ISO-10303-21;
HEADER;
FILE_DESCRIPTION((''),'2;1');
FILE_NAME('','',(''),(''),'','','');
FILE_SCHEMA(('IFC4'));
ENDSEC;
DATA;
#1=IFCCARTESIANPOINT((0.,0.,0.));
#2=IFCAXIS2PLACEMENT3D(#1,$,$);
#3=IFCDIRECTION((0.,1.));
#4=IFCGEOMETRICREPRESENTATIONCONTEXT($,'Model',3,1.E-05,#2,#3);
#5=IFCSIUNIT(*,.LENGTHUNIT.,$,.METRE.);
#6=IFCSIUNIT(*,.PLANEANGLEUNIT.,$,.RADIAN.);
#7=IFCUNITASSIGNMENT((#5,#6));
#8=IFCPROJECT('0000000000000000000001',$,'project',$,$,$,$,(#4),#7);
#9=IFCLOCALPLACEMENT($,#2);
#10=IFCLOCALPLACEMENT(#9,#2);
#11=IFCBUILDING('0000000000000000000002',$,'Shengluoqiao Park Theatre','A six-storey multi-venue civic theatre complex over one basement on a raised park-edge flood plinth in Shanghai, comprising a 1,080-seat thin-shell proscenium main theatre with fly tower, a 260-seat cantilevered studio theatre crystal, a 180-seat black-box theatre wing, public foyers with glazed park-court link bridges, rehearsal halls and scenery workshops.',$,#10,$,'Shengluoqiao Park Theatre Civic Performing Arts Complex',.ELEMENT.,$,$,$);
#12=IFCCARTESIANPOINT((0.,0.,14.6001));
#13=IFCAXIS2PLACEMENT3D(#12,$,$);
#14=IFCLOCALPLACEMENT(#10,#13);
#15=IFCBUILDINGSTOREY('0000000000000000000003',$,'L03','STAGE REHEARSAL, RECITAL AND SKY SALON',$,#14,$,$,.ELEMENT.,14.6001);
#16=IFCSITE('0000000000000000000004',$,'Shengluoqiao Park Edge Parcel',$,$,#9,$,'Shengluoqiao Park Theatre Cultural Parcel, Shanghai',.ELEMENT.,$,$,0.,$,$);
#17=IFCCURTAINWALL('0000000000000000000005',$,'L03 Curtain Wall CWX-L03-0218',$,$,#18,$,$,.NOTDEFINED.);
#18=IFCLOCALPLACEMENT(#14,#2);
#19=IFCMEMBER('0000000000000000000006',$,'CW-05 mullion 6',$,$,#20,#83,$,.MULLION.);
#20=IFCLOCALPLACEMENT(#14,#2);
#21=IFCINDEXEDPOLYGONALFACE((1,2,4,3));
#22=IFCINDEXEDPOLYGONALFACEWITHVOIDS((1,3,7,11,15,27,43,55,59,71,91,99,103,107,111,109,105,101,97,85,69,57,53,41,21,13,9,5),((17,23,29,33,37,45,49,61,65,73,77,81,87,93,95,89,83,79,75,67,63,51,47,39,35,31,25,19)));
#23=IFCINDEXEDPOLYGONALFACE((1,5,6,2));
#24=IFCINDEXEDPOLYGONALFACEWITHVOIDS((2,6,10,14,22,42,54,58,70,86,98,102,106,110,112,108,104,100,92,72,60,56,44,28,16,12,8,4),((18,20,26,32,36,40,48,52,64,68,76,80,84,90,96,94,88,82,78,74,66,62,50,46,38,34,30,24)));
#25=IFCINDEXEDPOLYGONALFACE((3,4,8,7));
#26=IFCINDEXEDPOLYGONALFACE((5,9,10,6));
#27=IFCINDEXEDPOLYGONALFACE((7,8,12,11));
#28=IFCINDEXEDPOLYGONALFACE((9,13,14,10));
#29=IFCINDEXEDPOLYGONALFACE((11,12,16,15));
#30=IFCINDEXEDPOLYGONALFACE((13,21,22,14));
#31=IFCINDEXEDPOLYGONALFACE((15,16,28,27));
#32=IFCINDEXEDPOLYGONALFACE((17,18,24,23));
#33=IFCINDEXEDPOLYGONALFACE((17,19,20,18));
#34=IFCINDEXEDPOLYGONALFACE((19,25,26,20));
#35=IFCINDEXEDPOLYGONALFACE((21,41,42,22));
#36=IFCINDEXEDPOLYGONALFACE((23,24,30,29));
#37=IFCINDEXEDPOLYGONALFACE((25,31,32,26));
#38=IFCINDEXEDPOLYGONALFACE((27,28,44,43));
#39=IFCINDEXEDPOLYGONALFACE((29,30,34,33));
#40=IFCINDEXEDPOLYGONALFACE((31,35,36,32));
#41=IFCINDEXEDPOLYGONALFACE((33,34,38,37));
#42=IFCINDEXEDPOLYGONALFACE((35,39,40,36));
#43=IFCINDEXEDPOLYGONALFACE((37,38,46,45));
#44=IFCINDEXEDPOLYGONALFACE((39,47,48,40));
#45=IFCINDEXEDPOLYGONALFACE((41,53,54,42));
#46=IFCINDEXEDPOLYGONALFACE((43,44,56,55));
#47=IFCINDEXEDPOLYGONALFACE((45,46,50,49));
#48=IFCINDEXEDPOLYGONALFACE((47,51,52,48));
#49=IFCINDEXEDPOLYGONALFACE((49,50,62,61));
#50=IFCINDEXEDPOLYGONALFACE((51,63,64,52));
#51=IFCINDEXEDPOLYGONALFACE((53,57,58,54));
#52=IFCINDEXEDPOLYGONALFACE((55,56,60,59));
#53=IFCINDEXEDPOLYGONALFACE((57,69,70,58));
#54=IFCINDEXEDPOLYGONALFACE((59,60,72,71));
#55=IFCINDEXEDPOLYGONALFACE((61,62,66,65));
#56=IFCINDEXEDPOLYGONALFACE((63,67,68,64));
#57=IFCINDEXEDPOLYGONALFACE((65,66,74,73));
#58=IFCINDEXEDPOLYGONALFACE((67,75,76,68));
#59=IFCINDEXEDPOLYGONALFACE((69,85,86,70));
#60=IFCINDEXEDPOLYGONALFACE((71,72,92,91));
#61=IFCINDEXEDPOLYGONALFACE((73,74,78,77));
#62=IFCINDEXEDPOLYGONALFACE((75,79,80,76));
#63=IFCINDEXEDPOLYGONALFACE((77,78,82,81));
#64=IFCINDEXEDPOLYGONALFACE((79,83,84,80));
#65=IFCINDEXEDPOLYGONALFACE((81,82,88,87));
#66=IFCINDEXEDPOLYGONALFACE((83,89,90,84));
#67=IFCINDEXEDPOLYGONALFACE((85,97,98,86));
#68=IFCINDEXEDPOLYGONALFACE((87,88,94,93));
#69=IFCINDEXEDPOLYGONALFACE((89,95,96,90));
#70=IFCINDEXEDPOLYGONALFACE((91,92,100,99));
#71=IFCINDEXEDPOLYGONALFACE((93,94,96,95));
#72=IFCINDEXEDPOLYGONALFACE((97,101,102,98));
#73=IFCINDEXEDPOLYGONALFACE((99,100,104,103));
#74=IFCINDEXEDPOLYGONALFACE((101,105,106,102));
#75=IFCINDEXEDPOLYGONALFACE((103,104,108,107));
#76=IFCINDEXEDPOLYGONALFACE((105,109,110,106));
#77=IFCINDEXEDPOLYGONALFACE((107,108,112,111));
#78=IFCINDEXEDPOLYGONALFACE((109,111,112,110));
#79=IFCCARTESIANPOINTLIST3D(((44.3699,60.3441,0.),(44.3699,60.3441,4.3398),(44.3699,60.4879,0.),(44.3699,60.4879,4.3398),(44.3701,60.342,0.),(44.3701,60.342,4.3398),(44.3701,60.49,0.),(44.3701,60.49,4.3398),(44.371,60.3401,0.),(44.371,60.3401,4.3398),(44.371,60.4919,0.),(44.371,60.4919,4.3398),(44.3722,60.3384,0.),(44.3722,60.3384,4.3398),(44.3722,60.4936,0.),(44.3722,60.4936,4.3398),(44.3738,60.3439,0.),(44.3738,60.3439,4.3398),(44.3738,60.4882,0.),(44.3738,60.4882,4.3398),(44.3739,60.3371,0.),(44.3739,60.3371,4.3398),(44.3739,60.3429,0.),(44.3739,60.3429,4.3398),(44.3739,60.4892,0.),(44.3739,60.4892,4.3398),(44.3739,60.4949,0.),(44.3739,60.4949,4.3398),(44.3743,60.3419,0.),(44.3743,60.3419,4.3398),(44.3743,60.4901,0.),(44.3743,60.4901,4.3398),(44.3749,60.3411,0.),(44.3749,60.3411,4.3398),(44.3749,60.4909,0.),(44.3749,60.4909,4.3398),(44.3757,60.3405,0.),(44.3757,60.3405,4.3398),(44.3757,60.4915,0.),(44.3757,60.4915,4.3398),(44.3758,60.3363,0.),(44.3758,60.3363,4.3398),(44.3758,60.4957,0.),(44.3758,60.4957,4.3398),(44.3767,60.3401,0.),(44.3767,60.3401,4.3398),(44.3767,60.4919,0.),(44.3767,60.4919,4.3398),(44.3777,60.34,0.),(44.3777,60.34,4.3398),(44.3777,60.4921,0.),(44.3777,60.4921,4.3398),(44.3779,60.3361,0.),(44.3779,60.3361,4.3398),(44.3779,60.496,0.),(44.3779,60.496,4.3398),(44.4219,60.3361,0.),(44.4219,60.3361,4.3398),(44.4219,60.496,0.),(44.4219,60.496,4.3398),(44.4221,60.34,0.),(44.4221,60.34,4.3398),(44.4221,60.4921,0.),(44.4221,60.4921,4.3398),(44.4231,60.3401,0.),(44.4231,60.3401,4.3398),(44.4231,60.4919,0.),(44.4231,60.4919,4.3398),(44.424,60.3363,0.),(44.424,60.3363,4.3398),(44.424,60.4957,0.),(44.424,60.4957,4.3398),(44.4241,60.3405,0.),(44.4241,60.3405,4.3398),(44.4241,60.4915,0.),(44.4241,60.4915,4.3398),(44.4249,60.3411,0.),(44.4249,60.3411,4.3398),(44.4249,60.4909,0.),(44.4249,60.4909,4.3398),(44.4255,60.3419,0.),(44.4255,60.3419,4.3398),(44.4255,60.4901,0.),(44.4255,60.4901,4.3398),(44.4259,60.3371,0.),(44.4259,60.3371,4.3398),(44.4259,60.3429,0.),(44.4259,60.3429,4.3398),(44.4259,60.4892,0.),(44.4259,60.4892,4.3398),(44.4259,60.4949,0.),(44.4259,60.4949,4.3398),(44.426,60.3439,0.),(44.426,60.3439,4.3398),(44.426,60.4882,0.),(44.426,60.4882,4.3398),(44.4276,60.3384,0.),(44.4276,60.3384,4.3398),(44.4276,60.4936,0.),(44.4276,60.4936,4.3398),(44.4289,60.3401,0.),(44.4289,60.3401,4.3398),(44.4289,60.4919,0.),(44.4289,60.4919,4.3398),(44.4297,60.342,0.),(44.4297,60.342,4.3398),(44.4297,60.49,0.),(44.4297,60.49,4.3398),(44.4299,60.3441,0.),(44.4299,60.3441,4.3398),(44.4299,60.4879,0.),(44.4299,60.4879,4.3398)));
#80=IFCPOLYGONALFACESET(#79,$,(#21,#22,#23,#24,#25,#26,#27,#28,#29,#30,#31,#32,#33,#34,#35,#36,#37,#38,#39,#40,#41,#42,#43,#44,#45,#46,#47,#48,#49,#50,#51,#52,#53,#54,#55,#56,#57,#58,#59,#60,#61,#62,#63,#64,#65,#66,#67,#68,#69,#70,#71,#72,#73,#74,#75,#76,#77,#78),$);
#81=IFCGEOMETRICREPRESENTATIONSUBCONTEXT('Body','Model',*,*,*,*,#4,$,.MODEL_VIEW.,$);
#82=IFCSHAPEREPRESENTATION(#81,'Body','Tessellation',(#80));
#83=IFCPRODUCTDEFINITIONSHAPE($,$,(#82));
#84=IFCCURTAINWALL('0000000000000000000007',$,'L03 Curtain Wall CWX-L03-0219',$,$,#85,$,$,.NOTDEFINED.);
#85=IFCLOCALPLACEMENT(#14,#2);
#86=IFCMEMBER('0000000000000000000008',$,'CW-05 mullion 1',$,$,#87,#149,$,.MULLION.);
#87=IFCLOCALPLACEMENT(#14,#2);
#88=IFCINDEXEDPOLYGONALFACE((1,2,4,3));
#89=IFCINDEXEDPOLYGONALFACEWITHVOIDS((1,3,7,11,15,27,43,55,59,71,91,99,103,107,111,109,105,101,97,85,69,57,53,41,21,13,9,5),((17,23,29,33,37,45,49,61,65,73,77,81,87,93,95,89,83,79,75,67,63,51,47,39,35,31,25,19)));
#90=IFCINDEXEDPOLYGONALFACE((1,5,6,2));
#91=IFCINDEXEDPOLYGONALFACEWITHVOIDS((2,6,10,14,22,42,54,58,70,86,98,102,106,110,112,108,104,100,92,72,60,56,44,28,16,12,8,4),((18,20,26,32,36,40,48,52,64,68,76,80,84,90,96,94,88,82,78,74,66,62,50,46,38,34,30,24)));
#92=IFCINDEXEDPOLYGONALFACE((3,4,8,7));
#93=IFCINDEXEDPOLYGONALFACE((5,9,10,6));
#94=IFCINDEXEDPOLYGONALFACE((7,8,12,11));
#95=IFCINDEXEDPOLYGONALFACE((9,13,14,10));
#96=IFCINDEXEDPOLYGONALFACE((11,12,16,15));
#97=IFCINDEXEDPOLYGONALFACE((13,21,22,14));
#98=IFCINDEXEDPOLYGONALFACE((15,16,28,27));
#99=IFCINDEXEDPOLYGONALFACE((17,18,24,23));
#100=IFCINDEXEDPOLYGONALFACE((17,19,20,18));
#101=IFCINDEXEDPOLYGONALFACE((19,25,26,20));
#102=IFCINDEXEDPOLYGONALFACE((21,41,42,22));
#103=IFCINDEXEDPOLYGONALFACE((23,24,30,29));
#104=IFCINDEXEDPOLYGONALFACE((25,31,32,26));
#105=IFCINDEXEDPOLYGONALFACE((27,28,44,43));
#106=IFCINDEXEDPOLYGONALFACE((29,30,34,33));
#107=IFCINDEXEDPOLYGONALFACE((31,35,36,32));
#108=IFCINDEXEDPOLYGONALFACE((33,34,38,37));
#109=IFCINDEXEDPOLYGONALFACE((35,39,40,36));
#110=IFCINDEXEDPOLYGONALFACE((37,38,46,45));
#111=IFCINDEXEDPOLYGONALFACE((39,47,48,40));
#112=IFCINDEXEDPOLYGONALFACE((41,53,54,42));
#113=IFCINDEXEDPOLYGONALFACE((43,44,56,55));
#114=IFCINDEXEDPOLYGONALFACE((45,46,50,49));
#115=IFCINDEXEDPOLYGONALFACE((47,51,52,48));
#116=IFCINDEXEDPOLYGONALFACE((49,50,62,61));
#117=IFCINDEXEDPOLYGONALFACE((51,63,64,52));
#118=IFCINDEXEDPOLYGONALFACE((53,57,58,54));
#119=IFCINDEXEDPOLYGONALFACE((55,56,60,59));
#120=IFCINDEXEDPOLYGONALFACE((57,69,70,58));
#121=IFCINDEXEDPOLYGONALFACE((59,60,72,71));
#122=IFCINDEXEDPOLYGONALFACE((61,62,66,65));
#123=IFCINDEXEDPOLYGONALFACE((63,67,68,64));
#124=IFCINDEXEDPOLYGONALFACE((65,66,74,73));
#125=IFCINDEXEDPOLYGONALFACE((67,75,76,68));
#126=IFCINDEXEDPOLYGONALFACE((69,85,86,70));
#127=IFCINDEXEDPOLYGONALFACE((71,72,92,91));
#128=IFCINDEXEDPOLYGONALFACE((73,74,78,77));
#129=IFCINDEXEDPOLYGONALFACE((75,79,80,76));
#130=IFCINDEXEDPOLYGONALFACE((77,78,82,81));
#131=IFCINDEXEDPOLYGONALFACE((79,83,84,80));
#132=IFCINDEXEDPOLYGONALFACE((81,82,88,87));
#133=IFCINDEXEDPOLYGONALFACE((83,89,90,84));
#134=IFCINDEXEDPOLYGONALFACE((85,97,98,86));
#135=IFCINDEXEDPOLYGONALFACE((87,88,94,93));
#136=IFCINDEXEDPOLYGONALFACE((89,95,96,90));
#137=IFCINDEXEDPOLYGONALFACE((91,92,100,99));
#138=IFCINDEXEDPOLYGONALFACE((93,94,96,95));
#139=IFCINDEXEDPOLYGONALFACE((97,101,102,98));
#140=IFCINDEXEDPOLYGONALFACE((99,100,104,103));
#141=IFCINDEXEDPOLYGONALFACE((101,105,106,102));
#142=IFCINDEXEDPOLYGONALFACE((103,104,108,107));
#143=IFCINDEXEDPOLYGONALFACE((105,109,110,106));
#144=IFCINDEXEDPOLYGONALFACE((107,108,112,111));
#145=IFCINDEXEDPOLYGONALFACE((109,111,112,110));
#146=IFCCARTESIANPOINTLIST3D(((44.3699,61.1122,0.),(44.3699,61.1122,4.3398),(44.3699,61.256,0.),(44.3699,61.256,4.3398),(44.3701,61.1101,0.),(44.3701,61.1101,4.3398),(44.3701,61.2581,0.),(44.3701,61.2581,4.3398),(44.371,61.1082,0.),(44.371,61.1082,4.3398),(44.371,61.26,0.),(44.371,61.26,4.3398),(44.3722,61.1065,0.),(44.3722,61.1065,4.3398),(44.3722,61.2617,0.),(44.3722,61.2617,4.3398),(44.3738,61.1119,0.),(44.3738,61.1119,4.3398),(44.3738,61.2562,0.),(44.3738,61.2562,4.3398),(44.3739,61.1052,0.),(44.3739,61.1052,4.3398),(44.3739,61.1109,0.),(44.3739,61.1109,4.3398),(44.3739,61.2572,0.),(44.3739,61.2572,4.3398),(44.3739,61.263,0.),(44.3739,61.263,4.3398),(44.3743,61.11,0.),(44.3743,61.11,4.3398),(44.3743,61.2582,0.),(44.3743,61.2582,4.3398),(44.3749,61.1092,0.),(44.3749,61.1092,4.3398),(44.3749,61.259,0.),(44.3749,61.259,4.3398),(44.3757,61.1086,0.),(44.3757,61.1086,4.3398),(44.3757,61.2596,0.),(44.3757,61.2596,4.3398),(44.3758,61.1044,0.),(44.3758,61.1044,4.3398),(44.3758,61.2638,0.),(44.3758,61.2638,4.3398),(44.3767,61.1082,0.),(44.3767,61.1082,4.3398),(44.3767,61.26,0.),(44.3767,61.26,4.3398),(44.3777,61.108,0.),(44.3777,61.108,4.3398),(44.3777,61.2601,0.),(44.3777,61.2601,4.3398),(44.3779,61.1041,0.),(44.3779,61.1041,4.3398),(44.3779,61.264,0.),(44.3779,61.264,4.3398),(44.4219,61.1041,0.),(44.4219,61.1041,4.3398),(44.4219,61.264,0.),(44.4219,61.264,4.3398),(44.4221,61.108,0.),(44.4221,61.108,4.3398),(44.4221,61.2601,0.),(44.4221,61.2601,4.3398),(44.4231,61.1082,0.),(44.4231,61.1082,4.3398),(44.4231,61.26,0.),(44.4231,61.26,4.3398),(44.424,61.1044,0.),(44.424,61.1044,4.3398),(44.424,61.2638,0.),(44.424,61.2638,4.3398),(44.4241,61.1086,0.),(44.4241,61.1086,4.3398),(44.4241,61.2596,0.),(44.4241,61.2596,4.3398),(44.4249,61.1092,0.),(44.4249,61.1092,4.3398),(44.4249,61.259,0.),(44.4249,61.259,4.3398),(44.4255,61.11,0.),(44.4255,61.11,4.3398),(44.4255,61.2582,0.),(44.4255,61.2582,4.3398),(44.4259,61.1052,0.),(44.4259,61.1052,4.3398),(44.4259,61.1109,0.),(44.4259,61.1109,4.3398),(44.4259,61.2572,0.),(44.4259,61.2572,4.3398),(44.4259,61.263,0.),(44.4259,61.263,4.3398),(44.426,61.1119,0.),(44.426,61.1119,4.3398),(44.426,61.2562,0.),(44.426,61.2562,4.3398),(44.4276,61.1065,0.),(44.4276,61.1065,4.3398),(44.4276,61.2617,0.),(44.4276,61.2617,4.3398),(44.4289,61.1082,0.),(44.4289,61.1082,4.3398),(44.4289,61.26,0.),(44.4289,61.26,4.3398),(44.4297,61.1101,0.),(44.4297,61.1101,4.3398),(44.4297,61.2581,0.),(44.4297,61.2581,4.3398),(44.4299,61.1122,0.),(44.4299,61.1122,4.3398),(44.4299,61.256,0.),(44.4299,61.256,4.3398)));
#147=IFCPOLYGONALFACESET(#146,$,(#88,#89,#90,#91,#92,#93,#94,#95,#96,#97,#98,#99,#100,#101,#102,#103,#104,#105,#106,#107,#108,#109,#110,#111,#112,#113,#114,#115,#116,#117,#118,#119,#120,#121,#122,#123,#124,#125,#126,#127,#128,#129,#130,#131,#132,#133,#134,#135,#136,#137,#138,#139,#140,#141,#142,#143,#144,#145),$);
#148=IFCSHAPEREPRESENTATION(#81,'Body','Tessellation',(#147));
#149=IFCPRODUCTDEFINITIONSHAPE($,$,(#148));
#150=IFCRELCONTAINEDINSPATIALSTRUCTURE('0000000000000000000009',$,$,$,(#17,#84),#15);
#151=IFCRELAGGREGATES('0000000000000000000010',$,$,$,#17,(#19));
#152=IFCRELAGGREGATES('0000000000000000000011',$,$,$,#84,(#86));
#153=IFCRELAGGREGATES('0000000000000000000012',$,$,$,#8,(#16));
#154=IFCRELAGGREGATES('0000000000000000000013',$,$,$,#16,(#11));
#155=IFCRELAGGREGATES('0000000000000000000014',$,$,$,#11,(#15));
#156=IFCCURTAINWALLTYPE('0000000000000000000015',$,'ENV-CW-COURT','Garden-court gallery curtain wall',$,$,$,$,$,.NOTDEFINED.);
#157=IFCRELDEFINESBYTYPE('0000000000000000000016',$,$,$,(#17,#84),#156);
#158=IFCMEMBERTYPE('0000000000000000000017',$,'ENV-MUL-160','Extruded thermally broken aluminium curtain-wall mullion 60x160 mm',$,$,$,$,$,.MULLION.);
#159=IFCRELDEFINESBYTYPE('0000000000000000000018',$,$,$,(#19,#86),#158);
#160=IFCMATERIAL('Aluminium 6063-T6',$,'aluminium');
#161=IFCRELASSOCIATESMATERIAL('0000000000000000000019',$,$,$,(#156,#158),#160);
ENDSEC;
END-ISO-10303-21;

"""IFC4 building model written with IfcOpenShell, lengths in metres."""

from ifc_helpers import new_model, si_unit, direction, frame, origin, origin_2d, place, context, subcontext, project, spatial, hollow_rectangle, extrude, material, material_profile, profile_set, type_object, element, aggregate, save


model = new_model("IFC4")

# Units and contexts
model_context = context("Model", 3, precision=1e-05, world=origin(), true_north=direction((0.0, 1.0)))
body_context = subcontext(model_context, "Body", "Model", "MODEL_VIEW")
ifc_project = project(units=[si_unit("LENGTHUNIT", "METRE"), si_unit("PLANEANGLEUNIT", "RADIAN")], contexts=[model_context])

# Site, building, storey
site_placement = place(None, origin())
site = spatial("IfcSite", under=ifc_project, at=site_placement, Name="Shengluoqiao Park Edge Parcel", LongName="Shengluoqiao Park Theatre Cultural Parcel, Shanghai", CompositionType="ELEMENT", RefElevation=0.0)
building_placement = place(site_placement, origin())
building = spatial("IfcBuilding", under=site, at=building_placement, Name="Shengluoqiao Park Theatre", Description="A six-storey multi-venue civic theatre complex over one basement on a raised park-edge flood plinth in Shanghai, comprising a 1,080-seat thin-shell proscenium main theatre with fly tower, a 260-seat cantilevered studio theatre crystal, a 180-seat black-box theatre wing, public foyers with glazed park-court link bridges, rehearsal halls and scenery workshops.", LongName="Shengluoqiao Park Theatre Civic Performing Arts Complex", CompositionType="ELEMENT")
storey_placement = place(building_placement, frame((0.0, 0.0, 14.6001)))
storey = spatial("IfcBuildingStorey", under=building, at=storey_placement, Name="L03", Description="STAGE REHEARSAL, RECITAL AND SKY SALON", CompositionType="ELEMENT", Elevation=14.6001)

# Curtain walls, members
ifc_material_1 = material(Name="Aluminium 6063-T6", Category="aluminium")
curtain_wall_type = type_object("IfcCurtainWallType", Name="ENV-CW-COURT", Description="Garden-court gallery curtain wall", PredefinedType="NOTDEFINED", material=ifc_material_1)
curtain_wall_1_placement = place(storey_placement, origin())
curtain_wall_1 = element("IfcCurtainWall", 1, at=curtain_wall_1_placement, inside=storey, type_object=curtain_wall_type, Name="L03 Curtain Wall CWX-L03-0218", PredefinedType="NOTDEFINED")
ifc_material_profile_1 = material_profile(ifc_material_1, hollow_rectangle(XDim=0.0601, YDim=0.1599, WallThickness=0.0039, InnerFilletRadius=0.0039, OuterFilletRadius=0.0081, at=origin_2d()), Name="ALU MULLION 160x60x4")
ifc_profile_set_1 = profile_set([ifc_material_profile_1], Name="Aluminium 6063-T6")
member_type_1 = type_object("IfcMemberType", Name="ENV-MUL-160", Description="Extruded thermally broken aluminium curtain-wall mullion 60x160 mm", PredefinedType="MULLION", material=ifc_profile_set_1)
member_1_placement = place(storey_placement, frame((44.3999, 60.416, 0.0), z_axis=(0.0, 0.0, 1.0), x_axis=(-1.0, 0.0, 0.0)))
member_1 = element("IfcMember", 2, at=member_1_placement, type_object=member_type_1, Name="CW-05 mullion 6", PredefinedType="MULLION", context=body_context, shape_type="SweptSolid", body=[
    extrude(hollow_rectangle(XDim=0.0601, YDim=0.1599, WallThickness=0.0039, InnerFilletRadius=0.0039, OuterFilletRadius=0.0081, at=origin_2d()), origin(), (0.0, 0.0, 1.0), 4.3398),
])
curtain_wall_2_placement = place(storey_placement, origin())
curtain_wall_2 = element("IfcCurtainWall", 3, at=curtain_wall_2_placement, inside=storey, type_object=curtain_wall_type, Name="L03 Curtain Wall CWX-L03-0219", PredefinedType="NOTDEFINED")
member_2_placement = place(storey_placement, frame((44.3999, 61.1841, 0.0), z_axis=(0.0, 0.0, 1.0), x_axis=(-1.0, 0.0, 0.0)))
member_2 = element("IfcMember", 4, at=member_2_placement, type_object=member_type_1, Name="CW-05 mullion 1", PredefinedType="MULLION", context=body_context, shape_type="SweptSolid", body=[
    extrude(hollow_rectangle(XDim=0.0601, YDim=0.1599, WallThickness=0.0039, InnerFilletRadius=0.0039, OuterFilletRadius=0.0081, at=origin_2d()), origin(), (0.0, 0.0, 1.0), 4.3398),
])

aggregate(curtain_wall_1, [member_1])
aggregate(curtain_wall_2, [member_2])

save(model, "model.ifc")
